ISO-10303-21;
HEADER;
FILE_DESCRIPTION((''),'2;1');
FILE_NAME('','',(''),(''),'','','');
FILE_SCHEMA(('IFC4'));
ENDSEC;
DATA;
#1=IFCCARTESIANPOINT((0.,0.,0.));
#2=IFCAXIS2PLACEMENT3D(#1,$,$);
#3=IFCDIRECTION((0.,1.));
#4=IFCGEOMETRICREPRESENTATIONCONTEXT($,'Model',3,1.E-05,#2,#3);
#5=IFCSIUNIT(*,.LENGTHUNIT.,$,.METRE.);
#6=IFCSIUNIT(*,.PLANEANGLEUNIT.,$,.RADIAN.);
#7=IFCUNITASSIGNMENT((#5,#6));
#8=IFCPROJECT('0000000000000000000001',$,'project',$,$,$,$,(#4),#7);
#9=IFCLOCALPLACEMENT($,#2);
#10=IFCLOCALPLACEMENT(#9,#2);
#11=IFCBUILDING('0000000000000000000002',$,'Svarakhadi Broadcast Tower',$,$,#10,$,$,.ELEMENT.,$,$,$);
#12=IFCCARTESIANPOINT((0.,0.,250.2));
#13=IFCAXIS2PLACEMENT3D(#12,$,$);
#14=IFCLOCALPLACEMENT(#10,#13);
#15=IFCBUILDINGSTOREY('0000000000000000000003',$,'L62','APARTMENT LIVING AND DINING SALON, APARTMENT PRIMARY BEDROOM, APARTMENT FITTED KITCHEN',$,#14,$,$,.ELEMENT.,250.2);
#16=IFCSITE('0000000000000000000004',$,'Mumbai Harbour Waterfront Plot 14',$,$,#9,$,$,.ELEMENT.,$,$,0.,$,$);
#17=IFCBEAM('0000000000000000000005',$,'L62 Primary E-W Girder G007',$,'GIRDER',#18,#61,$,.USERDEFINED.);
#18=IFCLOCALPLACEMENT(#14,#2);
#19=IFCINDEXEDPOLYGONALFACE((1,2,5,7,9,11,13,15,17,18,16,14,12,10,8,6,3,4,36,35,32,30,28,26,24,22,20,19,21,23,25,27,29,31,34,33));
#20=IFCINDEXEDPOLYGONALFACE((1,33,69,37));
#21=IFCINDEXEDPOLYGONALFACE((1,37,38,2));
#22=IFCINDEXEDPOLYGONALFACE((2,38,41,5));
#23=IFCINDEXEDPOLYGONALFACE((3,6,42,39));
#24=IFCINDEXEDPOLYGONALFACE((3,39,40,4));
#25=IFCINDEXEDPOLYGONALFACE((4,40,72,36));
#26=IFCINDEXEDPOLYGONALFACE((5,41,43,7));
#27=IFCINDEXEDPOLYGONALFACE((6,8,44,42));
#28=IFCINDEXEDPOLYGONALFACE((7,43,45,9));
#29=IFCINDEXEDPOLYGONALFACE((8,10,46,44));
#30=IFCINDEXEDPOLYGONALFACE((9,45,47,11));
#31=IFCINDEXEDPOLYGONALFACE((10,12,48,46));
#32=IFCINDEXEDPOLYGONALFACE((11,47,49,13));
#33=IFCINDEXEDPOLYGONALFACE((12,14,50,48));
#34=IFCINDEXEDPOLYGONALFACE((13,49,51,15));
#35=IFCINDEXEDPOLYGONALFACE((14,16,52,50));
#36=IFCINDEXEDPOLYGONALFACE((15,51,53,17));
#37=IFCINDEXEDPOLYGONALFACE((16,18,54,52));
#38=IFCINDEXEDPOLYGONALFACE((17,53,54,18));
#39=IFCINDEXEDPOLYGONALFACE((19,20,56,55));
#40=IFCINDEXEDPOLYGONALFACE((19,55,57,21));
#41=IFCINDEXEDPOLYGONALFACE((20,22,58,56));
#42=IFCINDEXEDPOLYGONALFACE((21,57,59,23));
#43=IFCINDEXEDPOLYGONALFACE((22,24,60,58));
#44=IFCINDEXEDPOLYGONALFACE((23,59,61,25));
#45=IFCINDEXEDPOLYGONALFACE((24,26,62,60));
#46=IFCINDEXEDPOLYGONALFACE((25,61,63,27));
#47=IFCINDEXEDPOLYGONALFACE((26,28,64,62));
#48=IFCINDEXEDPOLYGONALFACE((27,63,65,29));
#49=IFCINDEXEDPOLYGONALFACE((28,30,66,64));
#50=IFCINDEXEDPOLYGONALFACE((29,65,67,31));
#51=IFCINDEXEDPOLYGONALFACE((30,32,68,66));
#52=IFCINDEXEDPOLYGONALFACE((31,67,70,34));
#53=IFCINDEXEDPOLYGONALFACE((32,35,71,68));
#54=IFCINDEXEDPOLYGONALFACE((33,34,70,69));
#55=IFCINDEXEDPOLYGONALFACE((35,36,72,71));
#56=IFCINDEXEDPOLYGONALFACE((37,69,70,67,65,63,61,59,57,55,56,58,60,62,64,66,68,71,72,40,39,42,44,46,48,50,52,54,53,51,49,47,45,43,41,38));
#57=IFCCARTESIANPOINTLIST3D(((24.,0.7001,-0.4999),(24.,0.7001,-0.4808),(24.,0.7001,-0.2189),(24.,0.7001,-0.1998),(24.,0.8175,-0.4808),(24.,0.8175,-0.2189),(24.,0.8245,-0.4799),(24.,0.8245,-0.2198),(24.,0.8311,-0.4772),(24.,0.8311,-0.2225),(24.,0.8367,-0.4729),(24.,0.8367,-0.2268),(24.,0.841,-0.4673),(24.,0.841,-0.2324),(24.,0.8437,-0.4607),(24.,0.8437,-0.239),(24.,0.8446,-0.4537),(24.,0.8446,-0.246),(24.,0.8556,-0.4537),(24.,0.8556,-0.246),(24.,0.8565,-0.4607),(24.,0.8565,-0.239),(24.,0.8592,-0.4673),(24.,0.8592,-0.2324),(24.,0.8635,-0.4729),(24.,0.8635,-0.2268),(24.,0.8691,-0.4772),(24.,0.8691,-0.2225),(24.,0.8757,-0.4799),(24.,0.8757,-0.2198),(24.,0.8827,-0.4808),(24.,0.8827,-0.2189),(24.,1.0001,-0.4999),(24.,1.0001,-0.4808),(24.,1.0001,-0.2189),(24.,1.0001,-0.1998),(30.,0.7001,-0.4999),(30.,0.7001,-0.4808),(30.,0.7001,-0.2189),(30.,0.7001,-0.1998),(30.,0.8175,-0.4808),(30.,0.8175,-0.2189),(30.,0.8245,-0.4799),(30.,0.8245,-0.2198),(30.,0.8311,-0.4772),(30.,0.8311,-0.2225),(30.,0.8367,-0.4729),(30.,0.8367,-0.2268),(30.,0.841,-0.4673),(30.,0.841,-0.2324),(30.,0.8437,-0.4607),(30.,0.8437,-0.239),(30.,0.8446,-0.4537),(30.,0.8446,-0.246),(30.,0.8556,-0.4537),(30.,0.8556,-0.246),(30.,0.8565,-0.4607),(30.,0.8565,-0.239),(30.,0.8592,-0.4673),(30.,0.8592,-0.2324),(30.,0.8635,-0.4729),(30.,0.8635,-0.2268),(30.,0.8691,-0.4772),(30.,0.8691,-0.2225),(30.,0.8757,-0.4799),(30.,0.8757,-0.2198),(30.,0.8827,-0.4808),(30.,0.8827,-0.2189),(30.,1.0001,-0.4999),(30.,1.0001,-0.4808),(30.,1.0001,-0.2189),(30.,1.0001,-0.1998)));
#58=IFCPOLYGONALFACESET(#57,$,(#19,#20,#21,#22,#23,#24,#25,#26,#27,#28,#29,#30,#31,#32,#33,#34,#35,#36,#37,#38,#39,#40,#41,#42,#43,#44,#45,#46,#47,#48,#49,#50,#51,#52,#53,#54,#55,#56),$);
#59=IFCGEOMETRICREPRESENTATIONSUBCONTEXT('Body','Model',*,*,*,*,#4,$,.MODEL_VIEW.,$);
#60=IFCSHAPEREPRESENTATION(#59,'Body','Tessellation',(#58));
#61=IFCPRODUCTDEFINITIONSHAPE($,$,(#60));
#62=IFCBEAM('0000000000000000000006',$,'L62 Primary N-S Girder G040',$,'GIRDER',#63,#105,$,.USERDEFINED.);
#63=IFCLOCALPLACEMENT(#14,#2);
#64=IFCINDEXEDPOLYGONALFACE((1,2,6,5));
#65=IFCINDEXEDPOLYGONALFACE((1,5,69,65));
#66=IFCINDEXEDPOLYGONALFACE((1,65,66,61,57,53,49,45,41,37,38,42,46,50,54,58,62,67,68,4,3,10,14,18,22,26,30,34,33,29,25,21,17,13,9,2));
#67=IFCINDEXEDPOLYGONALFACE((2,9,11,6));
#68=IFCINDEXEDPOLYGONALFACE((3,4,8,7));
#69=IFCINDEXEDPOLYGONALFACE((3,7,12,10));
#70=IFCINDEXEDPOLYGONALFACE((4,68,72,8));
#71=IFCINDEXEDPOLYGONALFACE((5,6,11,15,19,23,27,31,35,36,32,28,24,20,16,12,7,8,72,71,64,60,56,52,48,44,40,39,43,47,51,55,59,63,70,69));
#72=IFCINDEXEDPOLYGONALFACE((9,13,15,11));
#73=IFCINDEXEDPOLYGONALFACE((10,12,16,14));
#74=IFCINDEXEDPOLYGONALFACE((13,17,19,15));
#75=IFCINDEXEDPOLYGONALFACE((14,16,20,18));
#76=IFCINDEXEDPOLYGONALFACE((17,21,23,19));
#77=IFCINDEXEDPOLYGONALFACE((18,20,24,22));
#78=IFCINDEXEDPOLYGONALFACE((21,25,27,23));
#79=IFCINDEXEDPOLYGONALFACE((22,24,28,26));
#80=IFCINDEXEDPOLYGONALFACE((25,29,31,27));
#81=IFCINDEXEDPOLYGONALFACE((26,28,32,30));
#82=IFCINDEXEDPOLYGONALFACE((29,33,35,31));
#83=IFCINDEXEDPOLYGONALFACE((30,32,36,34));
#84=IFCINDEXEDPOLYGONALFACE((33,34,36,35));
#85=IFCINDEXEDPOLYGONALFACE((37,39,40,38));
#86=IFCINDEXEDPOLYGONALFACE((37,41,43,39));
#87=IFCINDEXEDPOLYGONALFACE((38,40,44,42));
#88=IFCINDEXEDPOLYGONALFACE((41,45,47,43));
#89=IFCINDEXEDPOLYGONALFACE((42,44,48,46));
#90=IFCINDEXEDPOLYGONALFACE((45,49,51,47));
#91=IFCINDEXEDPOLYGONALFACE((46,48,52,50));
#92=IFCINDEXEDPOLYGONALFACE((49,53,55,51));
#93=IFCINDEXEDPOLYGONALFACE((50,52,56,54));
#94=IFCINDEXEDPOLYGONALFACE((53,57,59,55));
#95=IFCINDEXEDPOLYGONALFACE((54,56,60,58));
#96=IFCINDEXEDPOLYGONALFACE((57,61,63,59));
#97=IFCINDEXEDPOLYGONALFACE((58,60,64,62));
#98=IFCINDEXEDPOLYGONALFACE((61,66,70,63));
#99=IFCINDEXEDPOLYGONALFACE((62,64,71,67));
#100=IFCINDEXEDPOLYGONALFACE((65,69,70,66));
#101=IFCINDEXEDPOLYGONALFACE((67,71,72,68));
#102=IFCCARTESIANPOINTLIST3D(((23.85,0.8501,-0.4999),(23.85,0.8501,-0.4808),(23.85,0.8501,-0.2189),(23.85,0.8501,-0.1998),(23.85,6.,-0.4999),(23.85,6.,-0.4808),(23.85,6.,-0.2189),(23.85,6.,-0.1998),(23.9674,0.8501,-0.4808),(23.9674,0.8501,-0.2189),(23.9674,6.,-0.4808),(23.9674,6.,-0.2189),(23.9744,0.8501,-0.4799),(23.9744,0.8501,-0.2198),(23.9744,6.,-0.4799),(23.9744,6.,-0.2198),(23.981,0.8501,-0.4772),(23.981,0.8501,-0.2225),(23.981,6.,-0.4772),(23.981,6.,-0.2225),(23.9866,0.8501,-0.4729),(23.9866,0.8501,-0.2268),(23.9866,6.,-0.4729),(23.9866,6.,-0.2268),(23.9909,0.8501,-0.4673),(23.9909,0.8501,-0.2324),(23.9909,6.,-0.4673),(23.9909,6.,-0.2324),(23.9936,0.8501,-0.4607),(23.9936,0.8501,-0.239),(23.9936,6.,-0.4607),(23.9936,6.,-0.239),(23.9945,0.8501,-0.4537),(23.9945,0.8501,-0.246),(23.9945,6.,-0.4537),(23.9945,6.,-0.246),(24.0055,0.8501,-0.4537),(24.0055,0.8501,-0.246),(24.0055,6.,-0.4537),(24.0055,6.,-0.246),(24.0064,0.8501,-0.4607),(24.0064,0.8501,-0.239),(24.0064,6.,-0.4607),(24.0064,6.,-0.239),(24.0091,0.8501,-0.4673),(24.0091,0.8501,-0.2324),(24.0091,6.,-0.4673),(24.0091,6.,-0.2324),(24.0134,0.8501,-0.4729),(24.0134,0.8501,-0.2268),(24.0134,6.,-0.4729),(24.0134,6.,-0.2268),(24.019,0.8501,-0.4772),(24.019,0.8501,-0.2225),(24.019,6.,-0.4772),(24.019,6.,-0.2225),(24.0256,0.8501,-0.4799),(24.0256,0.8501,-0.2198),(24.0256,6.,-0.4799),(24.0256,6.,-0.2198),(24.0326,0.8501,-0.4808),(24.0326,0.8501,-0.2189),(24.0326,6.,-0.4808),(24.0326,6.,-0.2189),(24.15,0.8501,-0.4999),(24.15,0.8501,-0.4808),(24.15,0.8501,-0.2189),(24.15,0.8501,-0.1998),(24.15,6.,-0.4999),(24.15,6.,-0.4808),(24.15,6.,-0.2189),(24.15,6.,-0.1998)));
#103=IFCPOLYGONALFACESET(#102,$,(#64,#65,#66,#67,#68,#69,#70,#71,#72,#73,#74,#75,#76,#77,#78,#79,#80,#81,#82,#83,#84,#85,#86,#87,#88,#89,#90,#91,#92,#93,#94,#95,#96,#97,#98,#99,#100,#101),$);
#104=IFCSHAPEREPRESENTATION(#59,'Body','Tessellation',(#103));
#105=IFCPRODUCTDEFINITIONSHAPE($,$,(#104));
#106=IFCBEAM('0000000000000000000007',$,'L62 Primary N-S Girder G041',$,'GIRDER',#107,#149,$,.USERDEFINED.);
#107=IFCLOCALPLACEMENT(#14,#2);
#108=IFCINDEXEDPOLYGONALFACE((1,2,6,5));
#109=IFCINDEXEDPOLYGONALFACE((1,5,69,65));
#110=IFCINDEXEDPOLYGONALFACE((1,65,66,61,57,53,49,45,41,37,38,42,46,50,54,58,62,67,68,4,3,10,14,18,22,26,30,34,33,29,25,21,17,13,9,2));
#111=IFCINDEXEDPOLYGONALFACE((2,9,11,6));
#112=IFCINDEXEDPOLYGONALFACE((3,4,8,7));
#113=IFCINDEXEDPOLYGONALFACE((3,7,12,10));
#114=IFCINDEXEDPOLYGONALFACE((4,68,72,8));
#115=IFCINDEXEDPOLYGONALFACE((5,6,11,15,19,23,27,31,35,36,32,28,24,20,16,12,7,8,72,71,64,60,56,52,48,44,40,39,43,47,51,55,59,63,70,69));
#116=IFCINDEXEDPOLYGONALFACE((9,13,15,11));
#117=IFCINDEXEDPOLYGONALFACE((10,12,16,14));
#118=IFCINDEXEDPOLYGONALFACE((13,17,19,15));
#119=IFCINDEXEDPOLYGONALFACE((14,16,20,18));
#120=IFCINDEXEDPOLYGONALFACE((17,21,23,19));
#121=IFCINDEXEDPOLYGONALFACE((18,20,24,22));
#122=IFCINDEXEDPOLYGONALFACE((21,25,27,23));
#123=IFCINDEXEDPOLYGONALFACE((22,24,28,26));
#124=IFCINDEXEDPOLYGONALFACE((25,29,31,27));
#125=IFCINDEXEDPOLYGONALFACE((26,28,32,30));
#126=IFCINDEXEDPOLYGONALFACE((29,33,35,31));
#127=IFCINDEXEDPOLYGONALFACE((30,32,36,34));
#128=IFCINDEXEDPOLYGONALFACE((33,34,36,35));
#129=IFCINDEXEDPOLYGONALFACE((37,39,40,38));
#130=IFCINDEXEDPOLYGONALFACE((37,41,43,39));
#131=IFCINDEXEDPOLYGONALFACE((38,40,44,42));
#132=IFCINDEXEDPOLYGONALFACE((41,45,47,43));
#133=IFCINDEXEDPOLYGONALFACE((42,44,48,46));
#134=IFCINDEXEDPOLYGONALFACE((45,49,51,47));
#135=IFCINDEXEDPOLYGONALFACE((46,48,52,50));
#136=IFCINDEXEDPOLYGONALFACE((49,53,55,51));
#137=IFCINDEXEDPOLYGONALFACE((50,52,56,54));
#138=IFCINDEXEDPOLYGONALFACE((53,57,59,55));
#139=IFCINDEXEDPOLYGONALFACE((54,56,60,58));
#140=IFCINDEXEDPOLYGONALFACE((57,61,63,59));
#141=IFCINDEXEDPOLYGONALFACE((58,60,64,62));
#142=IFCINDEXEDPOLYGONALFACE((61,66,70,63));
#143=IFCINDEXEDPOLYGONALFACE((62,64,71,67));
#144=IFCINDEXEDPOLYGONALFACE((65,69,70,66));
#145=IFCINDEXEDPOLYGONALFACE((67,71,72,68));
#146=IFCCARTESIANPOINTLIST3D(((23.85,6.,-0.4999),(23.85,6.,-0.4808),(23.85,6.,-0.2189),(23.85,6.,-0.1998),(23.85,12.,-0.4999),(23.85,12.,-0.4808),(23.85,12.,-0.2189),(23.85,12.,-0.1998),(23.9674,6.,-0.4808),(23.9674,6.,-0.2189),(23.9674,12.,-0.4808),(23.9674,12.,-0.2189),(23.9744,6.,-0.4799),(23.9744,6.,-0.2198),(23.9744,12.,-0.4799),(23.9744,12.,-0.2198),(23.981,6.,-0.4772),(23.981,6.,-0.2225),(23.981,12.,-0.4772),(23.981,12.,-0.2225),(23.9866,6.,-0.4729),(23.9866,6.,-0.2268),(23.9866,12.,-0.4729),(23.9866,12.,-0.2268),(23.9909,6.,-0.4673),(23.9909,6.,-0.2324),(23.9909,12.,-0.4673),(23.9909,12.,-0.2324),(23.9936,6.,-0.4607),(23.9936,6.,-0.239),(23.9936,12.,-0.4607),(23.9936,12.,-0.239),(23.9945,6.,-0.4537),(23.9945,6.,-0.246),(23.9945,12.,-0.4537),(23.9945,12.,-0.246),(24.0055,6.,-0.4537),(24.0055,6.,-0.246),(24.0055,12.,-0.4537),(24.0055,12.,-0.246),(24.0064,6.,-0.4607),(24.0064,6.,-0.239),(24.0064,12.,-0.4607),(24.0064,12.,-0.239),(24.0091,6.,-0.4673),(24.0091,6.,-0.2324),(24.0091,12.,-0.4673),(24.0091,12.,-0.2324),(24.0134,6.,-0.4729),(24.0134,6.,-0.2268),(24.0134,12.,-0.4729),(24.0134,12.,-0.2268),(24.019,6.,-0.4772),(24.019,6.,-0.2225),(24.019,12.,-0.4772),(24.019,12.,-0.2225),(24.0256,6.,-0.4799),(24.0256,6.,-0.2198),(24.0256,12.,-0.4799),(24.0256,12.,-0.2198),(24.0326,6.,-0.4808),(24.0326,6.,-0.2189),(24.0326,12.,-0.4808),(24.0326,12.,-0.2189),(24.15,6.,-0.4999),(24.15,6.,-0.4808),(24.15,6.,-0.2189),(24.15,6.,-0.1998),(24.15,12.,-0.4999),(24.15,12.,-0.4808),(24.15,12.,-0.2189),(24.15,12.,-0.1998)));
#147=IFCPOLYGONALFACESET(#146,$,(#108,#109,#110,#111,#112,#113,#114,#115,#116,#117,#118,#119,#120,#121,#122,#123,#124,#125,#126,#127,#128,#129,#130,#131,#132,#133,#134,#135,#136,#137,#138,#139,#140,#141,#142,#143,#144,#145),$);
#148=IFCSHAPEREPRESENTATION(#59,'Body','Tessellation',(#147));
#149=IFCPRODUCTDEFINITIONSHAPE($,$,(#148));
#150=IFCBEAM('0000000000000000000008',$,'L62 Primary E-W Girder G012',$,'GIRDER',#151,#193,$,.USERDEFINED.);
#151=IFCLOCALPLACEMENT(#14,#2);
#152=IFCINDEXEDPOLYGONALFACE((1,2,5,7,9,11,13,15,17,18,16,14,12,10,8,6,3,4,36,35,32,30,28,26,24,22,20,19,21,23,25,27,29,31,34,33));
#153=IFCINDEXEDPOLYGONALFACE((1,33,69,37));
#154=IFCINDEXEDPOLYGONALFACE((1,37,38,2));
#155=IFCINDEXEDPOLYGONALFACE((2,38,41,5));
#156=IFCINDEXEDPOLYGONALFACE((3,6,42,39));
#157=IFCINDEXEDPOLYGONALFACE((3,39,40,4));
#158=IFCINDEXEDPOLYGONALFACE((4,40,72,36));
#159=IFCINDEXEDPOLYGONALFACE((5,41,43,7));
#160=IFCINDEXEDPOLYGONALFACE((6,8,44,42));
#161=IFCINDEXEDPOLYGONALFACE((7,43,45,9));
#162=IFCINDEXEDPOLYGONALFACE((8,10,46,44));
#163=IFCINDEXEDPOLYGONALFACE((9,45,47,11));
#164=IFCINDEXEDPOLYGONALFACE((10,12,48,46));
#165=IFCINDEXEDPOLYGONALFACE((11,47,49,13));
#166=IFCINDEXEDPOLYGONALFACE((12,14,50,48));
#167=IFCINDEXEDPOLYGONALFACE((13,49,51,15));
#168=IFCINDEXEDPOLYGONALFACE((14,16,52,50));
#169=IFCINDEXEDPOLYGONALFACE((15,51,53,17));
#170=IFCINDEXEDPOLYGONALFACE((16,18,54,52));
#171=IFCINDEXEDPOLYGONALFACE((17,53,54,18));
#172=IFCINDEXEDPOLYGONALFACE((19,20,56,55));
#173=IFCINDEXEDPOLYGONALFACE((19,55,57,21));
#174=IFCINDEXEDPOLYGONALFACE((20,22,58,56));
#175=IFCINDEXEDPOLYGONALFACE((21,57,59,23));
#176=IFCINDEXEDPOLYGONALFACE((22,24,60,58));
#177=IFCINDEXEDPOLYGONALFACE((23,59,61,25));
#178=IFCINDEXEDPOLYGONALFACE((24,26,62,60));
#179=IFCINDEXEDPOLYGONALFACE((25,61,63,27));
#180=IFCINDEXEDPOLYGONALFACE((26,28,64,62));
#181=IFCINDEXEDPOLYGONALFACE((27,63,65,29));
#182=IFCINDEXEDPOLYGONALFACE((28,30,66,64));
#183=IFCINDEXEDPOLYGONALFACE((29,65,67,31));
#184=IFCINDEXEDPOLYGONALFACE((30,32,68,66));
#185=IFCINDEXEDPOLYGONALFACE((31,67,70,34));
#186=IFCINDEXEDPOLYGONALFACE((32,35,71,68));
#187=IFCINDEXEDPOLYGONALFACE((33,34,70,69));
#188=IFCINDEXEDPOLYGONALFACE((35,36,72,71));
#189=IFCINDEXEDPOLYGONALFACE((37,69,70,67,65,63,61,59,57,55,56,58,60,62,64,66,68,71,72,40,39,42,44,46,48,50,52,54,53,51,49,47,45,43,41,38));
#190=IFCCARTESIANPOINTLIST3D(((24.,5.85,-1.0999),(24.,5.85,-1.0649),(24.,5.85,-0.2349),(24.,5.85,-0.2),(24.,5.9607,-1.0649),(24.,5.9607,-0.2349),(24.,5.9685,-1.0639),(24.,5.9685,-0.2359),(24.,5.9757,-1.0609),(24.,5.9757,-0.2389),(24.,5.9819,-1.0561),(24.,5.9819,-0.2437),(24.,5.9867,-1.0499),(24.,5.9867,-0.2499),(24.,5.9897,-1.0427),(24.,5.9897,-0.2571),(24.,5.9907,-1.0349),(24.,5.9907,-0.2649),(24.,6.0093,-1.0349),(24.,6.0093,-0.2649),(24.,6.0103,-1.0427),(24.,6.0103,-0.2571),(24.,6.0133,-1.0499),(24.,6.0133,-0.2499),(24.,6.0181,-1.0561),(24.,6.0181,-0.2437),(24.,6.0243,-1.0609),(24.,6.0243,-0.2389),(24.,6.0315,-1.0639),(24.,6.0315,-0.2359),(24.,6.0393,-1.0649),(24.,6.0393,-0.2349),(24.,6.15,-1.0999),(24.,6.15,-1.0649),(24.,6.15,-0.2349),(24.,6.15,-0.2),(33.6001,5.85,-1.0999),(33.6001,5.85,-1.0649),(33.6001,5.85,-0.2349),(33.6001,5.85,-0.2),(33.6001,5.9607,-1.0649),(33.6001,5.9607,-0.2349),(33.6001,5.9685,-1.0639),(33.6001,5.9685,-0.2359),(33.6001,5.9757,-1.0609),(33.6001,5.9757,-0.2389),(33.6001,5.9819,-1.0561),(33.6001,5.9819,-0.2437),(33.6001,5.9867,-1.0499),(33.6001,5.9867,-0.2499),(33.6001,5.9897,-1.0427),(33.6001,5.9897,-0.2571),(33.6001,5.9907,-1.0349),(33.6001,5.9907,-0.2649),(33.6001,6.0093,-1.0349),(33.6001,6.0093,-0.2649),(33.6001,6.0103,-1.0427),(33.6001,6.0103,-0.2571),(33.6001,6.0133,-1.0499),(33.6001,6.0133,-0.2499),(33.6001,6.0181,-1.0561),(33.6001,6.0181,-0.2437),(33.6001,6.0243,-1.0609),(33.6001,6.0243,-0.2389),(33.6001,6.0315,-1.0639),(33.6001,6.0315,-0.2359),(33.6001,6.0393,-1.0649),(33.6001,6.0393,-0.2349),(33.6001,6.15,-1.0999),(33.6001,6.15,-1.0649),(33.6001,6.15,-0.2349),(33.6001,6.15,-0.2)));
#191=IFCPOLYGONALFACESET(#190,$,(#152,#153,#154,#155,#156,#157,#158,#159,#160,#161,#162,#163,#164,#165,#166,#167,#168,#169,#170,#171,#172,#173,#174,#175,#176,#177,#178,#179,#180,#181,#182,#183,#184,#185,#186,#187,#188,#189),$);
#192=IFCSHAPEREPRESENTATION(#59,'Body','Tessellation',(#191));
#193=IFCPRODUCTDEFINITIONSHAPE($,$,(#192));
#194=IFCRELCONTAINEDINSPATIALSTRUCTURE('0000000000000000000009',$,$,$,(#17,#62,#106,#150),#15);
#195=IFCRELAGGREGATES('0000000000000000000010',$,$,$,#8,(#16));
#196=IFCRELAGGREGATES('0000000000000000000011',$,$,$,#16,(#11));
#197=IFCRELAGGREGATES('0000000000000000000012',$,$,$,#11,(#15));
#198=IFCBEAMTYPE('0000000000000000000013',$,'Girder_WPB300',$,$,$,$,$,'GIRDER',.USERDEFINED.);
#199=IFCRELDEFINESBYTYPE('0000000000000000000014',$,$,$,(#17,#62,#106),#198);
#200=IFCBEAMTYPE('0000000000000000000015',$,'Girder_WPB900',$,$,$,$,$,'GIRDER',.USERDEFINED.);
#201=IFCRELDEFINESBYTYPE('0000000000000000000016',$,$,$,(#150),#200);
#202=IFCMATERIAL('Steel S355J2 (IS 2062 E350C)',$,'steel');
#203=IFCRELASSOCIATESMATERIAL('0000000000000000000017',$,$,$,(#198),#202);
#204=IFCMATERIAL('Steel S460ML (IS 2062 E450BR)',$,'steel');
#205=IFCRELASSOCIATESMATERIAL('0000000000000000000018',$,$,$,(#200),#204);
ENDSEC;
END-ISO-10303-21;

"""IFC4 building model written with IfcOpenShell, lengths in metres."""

from ifc_helpers import new_model, si_unit, direction, frame, origin, origin_2d, place, context, subcontext, project, spatial, i_section, extrude, material, material_profile, profile_set, type_object, element, save


model = new_model("IFC4")

# Units and contexts
model_context = context("Model", 3, precision=1e-05, world=origin(), true_north=direction((0.0, 1.0)))
body_context = subcontext(model_context, "Body", "Model", "MODEL_VIEW")
ifc_project = project(units=[si_unit("LENGTHUNIT", "METRE"), si_unit("PLANEANGLEUNIT", "RADIAN")], contexts=[model_context])

# Site, building, storey
site_placement = place(None, origin())
site = spatial("IfcSite", under=ifc_project, at=site_placement, Name="Mumbai Harbour Waterfront Plot 14", CompositionType="ELEMENT", RefElevation=0.0)
building_placement = place(site_placement, origin())
building = spatial("IfcBuilding", under=site, at=building_placement, Name="Svarakhadi Broadcast Tower", CompositionType="ELEMENT")
storey_placement = place(building_placement, frame((0.0, 0.0, 250.2)))
storey = spatial("IfcBuildingStorey", under=building, at=storey_placement, Name="L62", Description="APARTMENT LIVING AND DINING SALON, APARTMENT PRIMARY BEDROOM, APARTMENT FITTED KITCHEN", CompositionType="ELEMENT", Elevation=250.2)

# Beams
ifc_material_1 = material(Name="Steel S355J2 (IS 2062 E350C)", Category="steel")
ifc_material_profile_1 = material_profile(ifc_material_1, i_section(OverallWidth=0.3, OverallDepth=0.3, WebThickness=0.011, FlangeThickness=0.019, FilletRadius=0.0271, at=origin_2d()), Name="WPB 300x300x117")
ifc_profile_set_1 = profile_set([ifc_material_profile_1], Name="Steel S355J2 (IS 2062 E350C)")
beam_type_1 = type_object("IfcBeamType", Name="Girder_WPB300", ElementType="GIRDER", PredefinedType="USERDEFINED", material=ifc_profile_set_1)
beam_1_placement = place(storey_placement, frame((24.0, 0.8501, -0.3499), z_axis=(1.0, 0.0, 0.0), x_axis=(0.0, 1.0, 0.0)))
element("IfcBeam", 1, at=beam_1_placement, inside=storey, type_object=beam_type_1, Name="L62 Primary E-W Girder G007", ObjectType="GIRDER", PredefinedType="USERDEFINED", context=body_context, shape_type="SweptSolid", body=[
    extrude(i_section(OverallWidth=0.3, OverallDepth=0.3, WebThickness=0.011, FlangeThickness=0.019, FilletRadius=0.0271, at=origin_2d()), origin(), (0.0, 0.0, 1.0), 6.0),
])
beam_2_placement = place(storey_placement, frame((24.0, 0.8501, -0.3499), z_axis=(0.0, 1.0, 0.0), x_axis=(-1.0, 0.0, 0.0)))
element("IfcBeam", 2, at=beam_2_placement, inside=storey, type_object=beam_type_1, Name="L62 Primary N-S Girder G040", ObjectType="GIRDER", PredefinedType="USERDEFINED", context=body_context, shape_type="SweptSolid", body=[
    extrude(i_section(OverallWidth=0.3, OverallDepth=0.3, WebThickness=0.011, FlangeThickness=0.019, FilletRadius=0.0271, at=origin_2d()), origin(), (0.0, 0.0, 1.0), 5.1499),
])
beam_3_placement = place(storey_placement, frame((24.0, 6.0, -0.3499), z_axis=(0.0, 1.0, 0.0), x_axis=(-1.0, 0.0, 0.0)))
element("IfcBeam", 3, at=beam_3_placement, inside=storey, type_object=beam_type_1, Name="L62 Primary N-S Girder G041", ObjectType="GIRDER", PredefinedType="USERDEFINED", context=body_context, shape_type="SweptSolid", body=[
    extrude(i_section(OverallWidth=0.3, OverallDepth=0.3, WebThickness=0.011, FlangeThickness=0.019, FilletRadius=0.0271, at=origin_2d()), origin(), (0.0, 0.0, 1.0), 6.0),
])
ifc_material_2 = material(Name="Steel S460ML (IS 2062 E450BR)", Category="steel")
ifc_material_profile_2 = material_profile(ifc_material_2, i_section(OverallWidth=0.3, OverallDepth=0.8999, WebThickness=0.0186, FlangeThickness=0.0349, FilletRadius=0.03, at=origin_2d()), Name="WPB 900x300x291")
ifc_profile_set_2 = profile_set([ifc_material_profile_2], Name="Steel S460ML (IS 2062 E450BR)")
beam_type_2 = type_object("IfcBeamType", Name="Girder_WPB900", ElementType="GIRDER", PredefinedType="USERDEFINED", material=ifc_profile_set_2)
beam_4_placement = place(storey_placement, frame((24.0, 6.0, -0.6499), z_axis=(1.0, 0.0, 0.0), x_axis=(0.0, 1.0, 0.0)))
element("IfcBeam", 4, at=beam_4_placement, inside=storey, type_object=beam_type_2, Name="L62 Primary E-W Girder G012", ObjectType="GIRDER", PredefinedType="USERDEFINED", context=body_context, shape_type="SweptSolid", body=[
    extrude(i_section(OverallWidth=0.3, OverallDepth=0.8999, WebThickness=0.0186, FlangeThickness=0.0349, FilletRadius=0.03, at=origin_2d()), origin(), (0.0, 0.0, 1.0), 9.6001),
])

save(model, "model.ifc")
